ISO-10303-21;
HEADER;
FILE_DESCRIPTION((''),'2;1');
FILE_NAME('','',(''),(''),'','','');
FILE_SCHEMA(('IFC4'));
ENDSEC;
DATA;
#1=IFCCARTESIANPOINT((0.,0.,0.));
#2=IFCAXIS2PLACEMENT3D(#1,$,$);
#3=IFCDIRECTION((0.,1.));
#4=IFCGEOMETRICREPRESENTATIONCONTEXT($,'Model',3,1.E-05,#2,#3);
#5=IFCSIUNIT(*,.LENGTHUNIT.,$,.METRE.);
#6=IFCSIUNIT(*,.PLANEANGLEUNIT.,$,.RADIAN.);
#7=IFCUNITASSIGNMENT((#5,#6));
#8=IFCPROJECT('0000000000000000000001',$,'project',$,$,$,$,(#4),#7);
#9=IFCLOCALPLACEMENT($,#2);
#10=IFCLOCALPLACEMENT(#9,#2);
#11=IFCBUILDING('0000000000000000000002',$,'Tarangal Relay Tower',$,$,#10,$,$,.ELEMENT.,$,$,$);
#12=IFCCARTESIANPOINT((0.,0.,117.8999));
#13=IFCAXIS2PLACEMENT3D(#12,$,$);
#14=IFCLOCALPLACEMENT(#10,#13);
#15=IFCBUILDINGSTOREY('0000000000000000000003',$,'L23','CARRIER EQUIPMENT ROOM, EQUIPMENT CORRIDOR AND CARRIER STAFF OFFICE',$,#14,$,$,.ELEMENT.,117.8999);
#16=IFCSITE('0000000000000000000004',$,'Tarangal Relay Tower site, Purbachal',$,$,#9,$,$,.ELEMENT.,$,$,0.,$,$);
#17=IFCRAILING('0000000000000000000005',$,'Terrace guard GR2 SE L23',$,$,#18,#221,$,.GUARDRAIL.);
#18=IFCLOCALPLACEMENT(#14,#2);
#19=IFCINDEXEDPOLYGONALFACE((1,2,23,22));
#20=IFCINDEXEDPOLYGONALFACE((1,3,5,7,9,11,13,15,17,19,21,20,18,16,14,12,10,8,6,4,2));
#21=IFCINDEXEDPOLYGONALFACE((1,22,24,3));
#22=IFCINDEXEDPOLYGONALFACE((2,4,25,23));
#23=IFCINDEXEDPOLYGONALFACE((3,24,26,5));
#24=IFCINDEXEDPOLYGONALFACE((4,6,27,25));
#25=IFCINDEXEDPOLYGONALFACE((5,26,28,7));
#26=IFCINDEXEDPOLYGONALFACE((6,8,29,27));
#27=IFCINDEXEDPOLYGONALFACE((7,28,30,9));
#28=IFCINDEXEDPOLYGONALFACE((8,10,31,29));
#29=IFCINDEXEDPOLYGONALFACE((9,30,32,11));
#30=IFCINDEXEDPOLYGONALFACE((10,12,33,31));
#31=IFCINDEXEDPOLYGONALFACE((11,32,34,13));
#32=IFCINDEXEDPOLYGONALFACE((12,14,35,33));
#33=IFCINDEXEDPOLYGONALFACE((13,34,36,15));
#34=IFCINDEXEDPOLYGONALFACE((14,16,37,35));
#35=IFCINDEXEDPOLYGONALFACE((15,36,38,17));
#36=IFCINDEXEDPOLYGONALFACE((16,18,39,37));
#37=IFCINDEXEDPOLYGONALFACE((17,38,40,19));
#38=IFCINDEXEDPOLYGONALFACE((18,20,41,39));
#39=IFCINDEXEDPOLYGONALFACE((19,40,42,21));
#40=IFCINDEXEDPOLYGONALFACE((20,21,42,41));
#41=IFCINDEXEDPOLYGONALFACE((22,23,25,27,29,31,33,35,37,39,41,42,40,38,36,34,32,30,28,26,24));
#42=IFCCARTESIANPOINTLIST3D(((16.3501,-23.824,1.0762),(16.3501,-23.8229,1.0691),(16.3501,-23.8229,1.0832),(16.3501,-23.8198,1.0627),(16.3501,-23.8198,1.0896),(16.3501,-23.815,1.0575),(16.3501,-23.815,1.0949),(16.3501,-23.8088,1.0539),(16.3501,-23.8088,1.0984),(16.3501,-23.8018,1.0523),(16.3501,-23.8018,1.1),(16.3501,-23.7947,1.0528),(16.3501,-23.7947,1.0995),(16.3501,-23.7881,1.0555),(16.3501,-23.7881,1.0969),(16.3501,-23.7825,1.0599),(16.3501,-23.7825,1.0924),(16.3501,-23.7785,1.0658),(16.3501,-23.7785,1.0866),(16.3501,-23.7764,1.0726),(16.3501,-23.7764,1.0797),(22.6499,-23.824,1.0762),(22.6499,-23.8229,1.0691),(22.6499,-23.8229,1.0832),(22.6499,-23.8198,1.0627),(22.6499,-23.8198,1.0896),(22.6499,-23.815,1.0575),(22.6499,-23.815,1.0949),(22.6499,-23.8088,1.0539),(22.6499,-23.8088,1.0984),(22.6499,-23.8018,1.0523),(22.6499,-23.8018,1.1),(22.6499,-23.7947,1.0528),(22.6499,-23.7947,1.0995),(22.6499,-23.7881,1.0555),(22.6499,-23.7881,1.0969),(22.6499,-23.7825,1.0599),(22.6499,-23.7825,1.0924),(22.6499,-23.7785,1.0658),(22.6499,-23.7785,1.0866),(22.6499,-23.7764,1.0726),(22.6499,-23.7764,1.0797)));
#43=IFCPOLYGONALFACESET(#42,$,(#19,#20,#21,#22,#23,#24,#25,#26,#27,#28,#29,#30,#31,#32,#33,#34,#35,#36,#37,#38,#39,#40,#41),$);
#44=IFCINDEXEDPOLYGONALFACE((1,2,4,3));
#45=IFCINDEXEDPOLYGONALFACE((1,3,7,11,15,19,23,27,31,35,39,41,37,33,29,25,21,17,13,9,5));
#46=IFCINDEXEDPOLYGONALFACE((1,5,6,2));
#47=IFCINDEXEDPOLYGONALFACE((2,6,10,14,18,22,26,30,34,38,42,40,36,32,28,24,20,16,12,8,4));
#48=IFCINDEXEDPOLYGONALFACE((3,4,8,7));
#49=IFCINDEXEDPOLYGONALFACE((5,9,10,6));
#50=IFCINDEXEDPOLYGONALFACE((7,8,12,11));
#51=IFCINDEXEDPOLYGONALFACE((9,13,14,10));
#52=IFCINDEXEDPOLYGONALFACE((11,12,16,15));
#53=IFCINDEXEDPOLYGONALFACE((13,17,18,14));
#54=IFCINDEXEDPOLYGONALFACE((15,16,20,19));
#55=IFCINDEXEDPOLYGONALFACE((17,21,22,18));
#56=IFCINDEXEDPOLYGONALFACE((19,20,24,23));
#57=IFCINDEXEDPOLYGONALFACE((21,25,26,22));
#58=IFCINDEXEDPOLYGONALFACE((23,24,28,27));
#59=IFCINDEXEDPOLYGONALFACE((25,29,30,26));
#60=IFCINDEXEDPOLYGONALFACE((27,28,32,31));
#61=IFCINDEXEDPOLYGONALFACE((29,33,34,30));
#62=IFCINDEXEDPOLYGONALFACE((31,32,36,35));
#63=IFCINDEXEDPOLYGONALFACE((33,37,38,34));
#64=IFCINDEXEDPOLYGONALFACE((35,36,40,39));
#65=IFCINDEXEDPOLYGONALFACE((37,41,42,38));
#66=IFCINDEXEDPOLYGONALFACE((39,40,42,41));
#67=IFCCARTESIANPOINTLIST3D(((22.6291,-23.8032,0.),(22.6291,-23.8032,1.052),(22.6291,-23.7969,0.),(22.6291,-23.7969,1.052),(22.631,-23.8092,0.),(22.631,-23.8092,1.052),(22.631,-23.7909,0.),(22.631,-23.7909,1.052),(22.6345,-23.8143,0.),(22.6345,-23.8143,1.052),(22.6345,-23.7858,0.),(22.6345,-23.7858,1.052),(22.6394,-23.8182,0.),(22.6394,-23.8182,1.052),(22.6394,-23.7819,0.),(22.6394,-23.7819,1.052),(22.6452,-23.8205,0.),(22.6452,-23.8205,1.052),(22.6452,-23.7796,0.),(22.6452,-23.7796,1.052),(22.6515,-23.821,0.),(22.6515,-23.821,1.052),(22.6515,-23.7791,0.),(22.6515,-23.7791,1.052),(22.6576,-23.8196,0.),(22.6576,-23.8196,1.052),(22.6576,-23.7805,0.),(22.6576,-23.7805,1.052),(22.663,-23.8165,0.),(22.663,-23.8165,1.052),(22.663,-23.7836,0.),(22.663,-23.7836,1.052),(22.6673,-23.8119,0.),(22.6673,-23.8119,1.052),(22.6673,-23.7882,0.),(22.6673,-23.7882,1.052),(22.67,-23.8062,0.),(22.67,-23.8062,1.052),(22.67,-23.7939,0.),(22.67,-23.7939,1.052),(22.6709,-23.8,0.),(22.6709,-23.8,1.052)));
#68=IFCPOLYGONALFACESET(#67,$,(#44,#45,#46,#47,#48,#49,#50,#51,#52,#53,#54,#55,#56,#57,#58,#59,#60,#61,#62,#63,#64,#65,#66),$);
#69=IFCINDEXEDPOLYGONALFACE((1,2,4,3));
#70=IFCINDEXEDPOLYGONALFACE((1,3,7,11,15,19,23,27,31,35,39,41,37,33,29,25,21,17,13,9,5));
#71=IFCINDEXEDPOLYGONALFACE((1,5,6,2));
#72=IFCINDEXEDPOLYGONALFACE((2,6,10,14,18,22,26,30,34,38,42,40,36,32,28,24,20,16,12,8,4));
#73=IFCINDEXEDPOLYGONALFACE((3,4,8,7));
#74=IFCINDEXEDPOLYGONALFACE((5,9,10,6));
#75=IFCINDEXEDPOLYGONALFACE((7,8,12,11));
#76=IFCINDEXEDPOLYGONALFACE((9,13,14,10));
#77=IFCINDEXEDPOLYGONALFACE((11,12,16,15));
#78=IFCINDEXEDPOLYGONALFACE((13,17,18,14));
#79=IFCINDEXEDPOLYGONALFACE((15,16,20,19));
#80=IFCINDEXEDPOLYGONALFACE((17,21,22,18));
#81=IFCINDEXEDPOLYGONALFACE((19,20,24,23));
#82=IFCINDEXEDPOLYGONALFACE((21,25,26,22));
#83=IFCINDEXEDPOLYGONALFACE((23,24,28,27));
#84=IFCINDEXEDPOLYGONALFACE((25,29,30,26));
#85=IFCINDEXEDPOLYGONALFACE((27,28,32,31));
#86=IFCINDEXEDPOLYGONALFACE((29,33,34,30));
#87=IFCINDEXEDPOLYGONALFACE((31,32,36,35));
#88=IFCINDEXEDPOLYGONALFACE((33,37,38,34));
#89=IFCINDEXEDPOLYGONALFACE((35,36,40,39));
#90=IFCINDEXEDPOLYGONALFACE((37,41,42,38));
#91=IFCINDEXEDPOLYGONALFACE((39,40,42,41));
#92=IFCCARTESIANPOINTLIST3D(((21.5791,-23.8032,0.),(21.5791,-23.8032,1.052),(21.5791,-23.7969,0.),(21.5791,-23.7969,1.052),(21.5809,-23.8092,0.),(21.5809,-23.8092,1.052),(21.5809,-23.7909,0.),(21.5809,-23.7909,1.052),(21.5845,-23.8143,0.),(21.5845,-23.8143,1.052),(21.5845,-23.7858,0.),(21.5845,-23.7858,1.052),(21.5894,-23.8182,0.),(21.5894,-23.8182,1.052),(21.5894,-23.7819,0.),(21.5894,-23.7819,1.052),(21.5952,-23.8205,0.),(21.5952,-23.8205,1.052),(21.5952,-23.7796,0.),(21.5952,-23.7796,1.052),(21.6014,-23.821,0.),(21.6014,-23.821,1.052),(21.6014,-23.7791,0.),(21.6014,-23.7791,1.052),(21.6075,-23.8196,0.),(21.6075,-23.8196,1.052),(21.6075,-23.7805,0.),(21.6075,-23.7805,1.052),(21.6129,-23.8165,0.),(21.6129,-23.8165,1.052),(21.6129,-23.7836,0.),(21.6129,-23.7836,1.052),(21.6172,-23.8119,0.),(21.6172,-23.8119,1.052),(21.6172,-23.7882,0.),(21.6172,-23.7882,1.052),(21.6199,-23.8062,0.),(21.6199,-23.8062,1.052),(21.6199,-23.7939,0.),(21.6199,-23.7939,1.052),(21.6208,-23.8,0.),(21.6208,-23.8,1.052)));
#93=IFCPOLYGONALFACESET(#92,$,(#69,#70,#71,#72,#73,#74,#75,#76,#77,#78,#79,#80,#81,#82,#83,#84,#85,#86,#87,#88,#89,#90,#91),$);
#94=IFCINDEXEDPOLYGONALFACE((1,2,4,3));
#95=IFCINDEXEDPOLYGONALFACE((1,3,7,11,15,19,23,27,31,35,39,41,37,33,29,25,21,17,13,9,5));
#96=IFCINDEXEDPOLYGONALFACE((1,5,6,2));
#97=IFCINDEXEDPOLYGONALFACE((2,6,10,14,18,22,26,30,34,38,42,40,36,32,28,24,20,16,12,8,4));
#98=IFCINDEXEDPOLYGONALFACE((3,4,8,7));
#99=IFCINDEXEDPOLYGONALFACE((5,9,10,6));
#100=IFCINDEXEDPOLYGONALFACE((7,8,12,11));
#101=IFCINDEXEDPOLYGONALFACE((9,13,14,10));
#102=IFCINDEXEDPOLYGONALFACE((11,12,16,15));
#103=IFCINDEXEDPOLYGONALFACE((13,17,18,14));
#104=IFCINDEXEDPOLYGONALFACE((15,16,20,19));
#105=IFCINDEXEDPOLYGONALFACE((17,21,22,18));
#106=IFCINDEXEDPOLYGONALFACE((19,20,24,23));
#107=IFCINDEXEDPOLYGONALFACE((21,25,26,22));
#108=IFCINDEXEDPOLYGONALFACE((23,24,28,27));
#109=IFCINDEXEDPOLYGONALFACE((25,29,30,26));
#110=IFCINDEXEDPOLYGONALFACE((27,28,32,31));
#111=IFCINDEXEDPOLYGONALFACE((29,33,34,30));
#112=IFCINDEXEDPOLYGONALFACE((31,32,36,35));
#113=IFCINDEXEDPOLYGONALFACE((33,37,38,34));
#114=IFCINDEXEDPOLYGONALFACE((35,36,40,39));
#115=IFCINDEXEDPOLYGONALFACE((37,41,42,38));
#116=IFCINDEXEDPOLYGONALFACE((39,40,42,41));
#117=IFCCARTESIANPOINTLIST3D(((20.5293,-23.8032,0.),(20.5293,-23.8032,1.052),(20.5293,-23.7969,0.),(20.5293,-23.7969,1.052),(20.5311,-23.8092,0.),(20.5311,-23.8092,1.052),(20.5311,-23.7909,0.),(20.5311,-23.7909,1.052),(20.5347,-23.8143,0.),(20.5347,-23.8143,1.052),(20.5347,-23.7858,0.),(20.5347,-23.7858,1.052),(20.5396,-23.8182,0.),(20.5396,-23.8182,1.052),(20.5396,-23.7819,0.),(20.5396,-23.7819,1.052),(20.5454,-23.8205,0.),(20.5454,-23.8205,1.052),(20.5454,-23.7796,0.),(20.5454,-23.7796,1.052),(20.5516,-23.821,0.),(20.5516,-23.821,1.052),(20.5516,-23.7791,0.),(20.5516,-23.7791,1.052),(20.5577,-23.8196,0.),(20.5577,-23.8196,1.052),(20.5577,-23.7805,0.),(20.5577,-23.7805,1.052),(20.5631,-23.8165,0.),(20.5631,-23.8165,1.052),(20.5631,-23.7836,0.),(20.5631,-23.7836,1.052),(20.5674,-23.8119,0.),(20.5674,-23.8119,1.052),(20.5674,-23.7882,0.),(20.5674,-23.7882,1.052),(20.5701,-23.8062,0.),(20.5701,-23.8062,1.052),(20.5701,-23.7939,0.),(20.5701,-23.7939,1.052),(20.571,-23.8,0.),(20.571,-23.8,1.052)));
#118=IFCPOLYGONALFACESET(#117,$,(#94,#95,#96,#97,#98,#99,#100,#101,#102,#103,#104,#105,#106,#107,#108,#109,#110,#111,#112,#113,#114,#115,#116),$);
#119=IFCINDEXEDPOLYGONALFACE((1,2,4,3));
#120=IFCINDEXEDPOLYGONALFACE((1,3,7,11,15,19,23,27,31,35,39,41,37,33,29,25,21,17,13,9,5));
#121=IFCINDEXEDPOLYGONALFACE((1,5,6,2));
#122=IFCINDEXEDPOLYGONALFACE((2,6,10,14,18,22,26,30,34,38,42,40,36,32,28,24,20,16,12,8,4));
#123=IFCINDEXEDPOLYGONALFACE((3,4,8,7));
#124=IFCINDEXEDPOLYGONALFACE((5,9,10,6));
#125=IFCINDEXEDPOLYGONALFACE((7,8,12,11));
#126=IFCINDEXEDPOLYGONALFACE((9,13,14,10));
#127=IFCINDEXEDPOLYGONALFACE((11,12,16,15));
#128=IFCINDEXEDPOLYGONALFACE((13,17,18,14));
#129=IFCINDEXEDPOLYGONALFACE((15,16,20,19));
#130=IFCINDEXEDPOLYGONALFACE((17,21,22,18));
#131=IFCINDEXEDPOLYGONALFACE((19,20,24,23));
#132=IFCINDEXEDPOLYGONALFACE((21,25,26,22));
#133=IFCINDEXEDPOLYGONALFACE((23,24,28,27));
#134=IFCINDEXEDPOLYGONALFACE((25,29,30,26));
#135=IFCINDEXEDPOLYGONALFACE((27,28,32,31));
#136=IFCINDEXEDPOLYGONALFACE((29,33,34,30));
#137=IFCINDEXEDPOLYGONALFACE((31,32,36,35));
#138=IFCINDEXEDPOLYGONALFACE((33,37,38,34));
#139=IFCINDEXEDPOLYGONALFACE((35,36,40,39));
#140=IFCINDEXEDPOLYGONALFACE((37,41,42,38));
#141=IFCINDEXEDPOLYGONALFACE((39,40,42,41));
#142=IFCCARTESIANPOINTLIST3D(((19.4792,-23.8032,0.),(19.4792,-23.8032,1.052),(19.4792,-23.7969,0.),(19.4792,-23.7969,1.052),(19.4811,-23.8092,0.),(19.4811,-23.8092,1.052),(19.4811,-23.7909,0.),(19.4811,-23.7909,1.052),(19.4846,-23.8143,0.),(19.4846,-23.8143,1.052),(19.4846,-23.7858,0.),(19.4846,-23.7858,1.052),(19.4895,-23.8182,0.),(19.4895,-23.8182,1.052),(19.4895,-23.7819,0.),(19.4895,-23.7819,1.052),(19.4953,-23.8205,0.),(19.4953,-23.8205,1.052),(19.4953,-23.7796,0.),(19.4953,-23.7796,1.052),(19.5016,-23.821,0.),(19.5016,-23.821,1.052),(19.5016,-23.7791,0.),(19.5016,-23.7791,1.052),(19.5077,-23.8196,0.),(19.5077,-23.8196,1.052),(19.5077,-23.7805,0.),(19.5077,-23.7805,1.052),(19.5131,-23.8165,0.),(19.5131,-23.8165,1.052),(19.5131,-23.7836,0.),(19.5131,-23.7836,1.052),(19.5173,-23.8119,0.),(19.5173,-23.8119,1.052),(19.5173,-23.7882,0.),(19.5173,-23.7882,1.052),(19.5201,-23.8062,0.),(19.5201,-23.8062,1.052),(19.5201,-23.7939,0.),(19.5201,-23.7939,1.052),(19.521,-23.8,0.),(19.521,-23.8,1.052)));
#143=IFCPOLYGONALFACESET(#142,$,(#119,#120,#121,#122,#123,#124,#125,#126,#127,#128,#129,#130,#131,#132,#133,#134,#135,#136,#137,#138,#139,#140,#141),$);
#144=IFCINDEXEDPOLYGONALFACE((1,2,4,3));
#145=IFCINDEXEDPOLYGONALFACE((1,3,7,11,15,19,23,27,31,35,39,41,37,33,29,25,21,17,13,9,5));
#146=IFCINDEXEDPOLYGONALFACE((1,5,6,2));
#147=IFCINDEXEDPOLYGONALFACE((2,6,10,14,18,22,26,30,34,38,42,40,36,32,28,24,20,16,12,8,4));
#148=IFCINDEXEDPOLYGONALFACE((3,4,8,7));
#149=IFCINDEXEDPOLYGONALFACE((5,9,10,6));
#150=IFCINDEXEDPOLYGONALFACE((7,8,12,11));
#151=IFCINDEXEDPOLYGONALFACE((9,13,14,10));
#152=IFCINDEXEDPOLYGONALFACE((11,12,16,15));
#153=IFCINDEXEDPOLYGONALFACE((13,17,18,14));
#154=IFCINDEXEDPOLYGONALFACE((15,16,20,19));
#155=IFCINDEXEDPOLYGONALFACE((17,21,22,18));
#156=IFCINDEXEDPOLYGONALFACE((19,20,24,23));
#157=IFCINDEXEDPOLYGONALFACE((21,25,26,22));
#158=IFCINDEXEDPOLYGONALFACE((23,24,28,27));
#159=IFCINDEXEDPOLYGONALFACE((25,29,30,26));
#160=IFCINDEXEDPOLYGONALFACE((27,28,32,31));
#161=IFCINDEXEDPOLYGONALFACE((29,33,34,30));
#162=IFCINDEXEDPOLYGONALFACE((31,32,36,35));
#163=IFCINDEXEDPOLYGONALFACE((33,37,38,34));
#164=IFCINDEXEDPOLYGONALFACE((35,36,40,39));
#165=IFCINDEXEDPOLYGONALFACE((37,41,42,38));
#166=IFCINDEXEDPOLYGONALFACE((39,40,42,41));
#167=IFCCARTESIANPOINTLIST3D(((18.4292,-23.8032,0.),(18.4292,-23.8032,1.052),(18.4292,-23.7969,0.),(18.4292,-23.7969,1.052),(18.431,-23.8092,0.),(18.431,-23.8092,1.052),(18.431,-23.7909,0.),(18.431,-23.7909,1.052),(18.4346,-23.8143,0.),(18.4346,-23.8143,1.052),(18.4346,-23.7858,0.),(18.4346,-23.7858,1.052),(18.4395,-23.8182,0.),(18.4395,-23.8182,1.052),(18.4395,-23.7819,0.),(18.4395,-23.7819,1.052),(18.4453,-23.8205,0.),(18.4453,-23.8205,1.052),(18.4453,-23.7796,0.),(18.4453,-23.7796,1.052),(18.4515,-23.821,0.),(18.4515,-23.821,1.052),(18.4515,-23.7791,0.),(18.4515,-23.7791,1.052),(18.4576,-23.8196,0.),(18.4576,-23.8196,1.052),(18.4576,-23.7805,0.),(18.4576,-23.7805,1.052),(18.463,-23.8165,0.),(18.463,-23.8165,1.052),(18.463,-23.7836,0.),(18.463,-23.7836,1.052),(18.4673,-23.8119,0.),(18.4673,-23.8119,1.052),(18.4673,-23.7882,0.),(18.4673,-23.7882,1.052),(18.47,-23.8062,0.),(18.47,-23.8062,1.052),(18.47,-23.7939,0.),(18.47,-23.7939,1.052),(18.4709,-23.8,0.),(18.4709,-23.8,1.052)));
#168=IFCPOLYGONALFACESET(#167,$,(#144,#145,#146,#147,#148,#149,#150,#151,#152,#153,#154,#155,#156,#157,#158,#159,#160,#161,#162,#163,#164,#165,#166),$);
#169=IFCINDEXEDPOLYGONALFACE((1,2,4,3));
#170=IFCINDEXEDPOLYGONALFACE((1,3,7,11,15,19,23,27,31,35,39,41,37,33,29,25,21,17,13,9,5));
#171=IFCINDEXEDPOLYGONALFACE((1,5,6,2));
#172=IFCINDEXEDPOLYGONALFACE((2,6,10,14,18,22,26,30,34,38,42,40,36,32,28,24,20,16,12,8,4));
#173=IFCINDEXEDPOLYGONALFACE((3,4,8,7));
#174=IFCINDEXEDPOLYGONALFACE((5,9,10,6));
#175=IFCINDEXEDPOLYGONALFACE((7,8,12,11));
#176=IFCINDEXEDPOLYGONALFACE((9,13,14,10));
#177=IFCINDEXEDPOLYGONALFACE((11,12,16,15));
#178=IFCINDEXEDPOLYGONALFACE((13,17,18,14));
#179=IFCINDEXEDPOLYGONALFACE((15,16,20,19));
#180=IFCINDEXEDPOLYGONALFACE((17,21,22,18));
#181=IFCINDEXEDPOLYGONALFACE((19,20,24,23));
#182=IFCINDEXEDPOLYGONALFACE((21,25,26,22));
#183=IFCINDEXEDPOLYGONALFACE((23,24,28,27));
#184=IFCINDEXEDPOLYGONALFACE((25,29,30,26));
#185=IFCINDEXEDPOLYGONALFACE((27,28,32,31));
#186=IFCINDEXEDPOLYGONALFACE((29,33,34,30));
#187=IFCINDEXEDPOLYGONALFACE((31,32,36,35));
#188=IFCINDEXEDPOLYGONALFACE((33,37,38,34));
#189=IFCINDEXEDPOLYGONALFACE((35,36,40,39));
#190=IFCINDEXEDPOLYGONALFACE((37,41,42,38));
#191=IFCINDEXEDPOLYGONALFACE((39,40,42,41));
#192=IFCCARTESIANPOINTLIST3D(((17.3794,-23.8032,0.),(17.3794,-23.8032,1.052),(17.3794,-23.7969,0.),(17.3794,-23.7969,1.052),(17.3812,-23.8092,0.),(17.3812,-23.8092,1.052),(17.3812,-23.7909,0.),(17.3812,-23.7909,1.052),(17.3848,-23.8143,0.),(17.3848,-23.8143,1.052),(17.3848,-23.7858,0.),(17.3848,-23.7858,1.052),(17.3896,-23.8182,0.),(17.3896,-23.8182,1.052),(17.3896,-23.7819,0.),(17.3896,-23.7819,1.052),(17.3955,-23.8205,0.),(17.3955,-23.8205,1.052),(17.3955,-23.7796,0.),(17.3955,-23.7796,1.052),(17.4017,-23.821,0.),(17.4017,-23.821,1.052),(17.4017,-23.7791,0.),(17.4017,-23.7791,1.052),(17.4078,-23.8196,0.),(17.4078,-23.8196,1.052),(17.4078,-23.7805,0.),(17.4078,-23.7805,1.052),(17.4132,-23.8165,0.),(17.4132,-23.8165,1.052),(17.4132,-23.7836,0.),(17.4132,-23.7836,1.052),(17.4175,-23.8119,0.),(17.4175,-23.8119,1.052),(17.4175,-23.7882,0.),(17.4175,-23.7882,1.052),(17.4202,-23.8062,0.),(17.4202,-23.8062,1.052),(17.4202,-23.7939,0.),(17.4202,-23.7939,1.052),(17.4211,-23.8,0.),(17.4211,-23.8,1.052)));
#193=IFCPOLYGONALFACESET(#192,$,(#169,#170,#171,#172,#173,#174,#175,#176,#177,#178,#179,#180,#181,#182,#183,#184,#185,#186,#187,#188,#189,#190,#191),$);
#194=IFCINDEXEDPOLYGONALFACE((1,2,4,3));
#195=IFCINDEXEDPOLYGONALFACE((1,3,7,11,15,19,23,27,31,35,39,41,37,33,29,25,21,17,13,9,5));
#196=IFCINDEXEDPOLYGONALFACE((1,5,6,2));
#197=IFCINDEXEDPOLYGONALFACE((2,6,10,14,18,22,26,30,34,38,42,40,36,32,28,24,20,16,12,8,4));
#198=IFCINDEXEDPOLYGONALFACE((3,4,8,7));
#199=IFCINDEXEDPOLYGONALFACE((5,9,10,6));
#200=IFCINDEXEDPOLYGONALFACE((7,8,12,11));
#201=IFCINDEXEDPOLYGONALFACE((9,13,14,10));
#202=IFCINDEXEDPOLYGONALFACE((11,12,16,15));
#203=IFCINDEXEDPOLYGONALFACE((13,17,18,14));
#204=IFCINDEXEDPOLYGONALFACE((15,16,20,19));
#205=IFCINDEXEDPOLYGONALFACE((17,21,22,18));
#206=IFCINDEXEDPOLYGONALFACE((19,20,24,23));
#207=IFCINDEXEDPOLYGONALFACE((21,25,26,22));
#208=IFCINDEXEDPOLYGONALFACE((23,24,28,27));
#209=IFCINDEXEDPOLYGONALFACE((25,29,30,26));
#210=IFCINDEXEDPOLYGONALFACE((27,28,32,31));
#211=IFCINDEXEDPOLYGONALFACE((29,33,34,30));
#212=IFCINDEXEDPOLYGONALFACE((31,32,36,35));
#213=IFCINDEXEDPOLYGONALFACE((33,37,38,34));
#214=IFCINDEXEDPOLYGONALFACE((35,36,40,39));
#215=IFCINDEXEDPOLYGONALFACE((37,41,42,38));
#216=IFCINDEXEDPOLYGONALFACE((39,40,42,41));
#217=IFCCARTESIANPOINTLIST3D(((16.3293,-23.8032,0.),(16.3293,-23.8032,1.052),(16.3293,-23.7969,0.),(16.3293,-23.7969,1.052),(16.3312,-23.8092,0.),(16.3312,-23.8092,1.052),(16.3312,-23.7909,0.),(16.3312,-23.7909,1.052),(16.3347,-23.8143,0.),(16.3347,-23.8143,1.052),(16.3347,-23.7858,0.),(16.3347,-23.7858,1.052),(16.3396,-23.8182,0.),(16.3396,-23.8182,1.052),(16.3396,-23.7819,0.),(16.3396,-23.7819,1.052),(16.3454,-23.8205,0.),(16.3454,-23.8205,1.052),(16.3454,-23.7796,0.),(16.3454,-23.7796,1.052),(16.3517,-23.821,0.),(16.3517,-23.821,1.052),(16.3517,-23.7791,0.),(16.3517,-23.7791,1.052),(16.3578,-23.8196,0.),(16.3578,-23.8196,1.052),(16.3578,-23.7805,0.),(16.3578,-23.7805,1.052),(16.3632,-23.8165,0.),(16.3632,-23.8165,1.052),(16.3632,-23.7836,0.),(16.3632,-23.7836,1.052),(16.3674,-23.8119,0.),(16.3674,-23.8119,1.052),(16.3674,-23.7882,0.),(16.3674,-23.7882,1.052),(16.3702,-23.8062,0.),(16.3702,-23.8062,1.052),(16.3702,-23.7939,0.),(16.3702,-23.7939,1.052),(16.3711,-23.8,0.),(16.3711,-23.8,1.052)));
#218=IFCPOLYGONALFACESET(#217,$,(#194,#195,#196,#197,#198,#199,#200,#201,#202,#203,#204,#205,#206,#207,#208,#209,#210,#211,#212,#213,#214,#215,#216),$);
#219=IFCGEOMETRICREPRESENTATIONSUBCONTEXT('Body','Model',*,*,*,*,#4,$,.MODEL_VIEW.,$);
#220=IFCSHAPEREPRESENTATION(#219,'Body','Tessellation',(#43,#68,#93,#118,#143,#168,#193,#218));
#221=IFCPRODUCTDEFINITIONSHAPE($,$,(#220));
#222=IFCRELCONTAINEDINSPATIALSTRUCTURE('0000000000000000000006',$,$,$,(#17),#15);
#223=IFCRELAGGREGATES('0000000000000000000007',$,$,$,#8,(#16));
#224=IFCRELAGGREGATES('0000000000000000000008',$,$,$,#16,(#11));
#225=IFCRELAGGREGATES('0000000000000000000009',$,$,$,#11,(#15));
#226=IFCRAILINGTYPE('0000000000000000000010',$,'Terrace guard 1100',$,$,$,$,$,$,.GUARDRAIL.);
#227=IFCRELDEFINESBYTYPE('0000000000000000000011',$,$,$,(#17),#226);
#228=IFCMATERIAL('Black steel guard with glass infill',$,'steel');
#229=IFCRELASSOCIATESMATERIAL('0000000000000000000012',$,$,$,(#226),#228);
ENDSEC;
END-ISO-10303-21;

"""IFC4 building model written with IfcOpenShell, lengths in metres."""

from ifc_helpers import new_model, si_unit, direction, frame, origin, origin_2d, place, context, subcontext, project, spatial, circle, extrude, material, type_object, element, save


model = new_model("IFC4")

# Units and contexts
model_context = context("Model", 3, precision=1e-05, world=origin(), true_north=direction((0.0, 1.0)))
body_context = subcontext(model_context, "Body", "Model", "MODEL_VIEW")
ifc_project = project(units=[si_unit("LENGTHUNIT", "METRE"), si_unit("PLANEANGLEUNIT", "RADIAN")], contexts=[model_context])

# Site, building, storey
site_placement = place(None, origin())
site = spatial("IfcSite", under=ifc_project, at=site_placement, Name="Tarangal Relay Tower site, Purbachal", CompositionType="ELEMENT", RefElevation=0.0)
building_placement = place(site_placement, origin())
building = spatial("IfcBuilding", under=site, at=building_placement, Name="Tarangal Relay Tower", CompositionType="ELEMENT")
storey_placement = place(building_placement, frame((0.0, 0.0, 117.8999)))
storey = spatial("IfcBuildingStorey", under=building, at=storey_placement, Name="L23", Description="CARRIER EQUIPMENT ROOM, EQUIPMENT CORRIDOR AND CARRIER STAFF OFFICE", CompositionType="ELEMENT", Elevation=117.8999)

# Railing
ifc_material_1 = material(Name="Black steel guard with glass infill", Category="steel")
railing_type = type_object("IfcRailingType", Name="Terrace guard 1100", PredefinedType="GUARDRAIL", material=ifc_material_1)
railing_placement = place(storey_placement, frame((22.6499, -23.8, 0.0)))
element("IfcRailing", 1, at=railing_placement, inside=storey, type_object=railing_type, Name="Terrace guard GR2 SE L23", PredefinedType="GUARDRAIL", context=body_context, shape_type="SweptSolid", body=[
    extrude(circle(Radius=0.0239, at=origin_2d()), frame((0.0, 0.0, 1.0762), z_axis=(-1.0, 0.0, 0.0), x_axis=(0.0, -1.0, 0.0)), (0.0, 0.0, 1.0), 6.2998),
    extrude(circle(Radius=0.021, at=origin_2d()), origin(), (0.0, 0.0, 1.0), 1.052),
    extrude(circle(Radius=0.021, at=origin_2d()), frame((-1.05, 0.0, 0.0)), (0.0, 0.0, 1.0), 1.052),
    extrude(circle(Radius=0.021, at=origin_2d()), frame((-2.0999, 0.0, 0.0)), (0.0, 0.0, 1.0), 1.052),
    extrude(circle(Radius=0.021, at=origin_2d()), frame((-3.1499, 0.0, 0.0)), (0.0, 0.0, 1.0), 1.052),
    extrude(circle(Radius=0.021, at=origin_2d()), frame((-4.2, 0.0, 0.0)), (0.0, 0.0, 1.0), 1.052),
    extrude(circle(Radius=0.021, at=origin_2d()), frame((-5.2498, 0.0, 0.0)), (0.0, 0.0, 1.0), 1.052),
    extrude(circle(Radius=0.021, at=origin_2d()), frame((-6.2998, 0.0, 0.0)), (0.0, 0.0, 1.0), 1.052),
])

save(model, "model.ifc")
